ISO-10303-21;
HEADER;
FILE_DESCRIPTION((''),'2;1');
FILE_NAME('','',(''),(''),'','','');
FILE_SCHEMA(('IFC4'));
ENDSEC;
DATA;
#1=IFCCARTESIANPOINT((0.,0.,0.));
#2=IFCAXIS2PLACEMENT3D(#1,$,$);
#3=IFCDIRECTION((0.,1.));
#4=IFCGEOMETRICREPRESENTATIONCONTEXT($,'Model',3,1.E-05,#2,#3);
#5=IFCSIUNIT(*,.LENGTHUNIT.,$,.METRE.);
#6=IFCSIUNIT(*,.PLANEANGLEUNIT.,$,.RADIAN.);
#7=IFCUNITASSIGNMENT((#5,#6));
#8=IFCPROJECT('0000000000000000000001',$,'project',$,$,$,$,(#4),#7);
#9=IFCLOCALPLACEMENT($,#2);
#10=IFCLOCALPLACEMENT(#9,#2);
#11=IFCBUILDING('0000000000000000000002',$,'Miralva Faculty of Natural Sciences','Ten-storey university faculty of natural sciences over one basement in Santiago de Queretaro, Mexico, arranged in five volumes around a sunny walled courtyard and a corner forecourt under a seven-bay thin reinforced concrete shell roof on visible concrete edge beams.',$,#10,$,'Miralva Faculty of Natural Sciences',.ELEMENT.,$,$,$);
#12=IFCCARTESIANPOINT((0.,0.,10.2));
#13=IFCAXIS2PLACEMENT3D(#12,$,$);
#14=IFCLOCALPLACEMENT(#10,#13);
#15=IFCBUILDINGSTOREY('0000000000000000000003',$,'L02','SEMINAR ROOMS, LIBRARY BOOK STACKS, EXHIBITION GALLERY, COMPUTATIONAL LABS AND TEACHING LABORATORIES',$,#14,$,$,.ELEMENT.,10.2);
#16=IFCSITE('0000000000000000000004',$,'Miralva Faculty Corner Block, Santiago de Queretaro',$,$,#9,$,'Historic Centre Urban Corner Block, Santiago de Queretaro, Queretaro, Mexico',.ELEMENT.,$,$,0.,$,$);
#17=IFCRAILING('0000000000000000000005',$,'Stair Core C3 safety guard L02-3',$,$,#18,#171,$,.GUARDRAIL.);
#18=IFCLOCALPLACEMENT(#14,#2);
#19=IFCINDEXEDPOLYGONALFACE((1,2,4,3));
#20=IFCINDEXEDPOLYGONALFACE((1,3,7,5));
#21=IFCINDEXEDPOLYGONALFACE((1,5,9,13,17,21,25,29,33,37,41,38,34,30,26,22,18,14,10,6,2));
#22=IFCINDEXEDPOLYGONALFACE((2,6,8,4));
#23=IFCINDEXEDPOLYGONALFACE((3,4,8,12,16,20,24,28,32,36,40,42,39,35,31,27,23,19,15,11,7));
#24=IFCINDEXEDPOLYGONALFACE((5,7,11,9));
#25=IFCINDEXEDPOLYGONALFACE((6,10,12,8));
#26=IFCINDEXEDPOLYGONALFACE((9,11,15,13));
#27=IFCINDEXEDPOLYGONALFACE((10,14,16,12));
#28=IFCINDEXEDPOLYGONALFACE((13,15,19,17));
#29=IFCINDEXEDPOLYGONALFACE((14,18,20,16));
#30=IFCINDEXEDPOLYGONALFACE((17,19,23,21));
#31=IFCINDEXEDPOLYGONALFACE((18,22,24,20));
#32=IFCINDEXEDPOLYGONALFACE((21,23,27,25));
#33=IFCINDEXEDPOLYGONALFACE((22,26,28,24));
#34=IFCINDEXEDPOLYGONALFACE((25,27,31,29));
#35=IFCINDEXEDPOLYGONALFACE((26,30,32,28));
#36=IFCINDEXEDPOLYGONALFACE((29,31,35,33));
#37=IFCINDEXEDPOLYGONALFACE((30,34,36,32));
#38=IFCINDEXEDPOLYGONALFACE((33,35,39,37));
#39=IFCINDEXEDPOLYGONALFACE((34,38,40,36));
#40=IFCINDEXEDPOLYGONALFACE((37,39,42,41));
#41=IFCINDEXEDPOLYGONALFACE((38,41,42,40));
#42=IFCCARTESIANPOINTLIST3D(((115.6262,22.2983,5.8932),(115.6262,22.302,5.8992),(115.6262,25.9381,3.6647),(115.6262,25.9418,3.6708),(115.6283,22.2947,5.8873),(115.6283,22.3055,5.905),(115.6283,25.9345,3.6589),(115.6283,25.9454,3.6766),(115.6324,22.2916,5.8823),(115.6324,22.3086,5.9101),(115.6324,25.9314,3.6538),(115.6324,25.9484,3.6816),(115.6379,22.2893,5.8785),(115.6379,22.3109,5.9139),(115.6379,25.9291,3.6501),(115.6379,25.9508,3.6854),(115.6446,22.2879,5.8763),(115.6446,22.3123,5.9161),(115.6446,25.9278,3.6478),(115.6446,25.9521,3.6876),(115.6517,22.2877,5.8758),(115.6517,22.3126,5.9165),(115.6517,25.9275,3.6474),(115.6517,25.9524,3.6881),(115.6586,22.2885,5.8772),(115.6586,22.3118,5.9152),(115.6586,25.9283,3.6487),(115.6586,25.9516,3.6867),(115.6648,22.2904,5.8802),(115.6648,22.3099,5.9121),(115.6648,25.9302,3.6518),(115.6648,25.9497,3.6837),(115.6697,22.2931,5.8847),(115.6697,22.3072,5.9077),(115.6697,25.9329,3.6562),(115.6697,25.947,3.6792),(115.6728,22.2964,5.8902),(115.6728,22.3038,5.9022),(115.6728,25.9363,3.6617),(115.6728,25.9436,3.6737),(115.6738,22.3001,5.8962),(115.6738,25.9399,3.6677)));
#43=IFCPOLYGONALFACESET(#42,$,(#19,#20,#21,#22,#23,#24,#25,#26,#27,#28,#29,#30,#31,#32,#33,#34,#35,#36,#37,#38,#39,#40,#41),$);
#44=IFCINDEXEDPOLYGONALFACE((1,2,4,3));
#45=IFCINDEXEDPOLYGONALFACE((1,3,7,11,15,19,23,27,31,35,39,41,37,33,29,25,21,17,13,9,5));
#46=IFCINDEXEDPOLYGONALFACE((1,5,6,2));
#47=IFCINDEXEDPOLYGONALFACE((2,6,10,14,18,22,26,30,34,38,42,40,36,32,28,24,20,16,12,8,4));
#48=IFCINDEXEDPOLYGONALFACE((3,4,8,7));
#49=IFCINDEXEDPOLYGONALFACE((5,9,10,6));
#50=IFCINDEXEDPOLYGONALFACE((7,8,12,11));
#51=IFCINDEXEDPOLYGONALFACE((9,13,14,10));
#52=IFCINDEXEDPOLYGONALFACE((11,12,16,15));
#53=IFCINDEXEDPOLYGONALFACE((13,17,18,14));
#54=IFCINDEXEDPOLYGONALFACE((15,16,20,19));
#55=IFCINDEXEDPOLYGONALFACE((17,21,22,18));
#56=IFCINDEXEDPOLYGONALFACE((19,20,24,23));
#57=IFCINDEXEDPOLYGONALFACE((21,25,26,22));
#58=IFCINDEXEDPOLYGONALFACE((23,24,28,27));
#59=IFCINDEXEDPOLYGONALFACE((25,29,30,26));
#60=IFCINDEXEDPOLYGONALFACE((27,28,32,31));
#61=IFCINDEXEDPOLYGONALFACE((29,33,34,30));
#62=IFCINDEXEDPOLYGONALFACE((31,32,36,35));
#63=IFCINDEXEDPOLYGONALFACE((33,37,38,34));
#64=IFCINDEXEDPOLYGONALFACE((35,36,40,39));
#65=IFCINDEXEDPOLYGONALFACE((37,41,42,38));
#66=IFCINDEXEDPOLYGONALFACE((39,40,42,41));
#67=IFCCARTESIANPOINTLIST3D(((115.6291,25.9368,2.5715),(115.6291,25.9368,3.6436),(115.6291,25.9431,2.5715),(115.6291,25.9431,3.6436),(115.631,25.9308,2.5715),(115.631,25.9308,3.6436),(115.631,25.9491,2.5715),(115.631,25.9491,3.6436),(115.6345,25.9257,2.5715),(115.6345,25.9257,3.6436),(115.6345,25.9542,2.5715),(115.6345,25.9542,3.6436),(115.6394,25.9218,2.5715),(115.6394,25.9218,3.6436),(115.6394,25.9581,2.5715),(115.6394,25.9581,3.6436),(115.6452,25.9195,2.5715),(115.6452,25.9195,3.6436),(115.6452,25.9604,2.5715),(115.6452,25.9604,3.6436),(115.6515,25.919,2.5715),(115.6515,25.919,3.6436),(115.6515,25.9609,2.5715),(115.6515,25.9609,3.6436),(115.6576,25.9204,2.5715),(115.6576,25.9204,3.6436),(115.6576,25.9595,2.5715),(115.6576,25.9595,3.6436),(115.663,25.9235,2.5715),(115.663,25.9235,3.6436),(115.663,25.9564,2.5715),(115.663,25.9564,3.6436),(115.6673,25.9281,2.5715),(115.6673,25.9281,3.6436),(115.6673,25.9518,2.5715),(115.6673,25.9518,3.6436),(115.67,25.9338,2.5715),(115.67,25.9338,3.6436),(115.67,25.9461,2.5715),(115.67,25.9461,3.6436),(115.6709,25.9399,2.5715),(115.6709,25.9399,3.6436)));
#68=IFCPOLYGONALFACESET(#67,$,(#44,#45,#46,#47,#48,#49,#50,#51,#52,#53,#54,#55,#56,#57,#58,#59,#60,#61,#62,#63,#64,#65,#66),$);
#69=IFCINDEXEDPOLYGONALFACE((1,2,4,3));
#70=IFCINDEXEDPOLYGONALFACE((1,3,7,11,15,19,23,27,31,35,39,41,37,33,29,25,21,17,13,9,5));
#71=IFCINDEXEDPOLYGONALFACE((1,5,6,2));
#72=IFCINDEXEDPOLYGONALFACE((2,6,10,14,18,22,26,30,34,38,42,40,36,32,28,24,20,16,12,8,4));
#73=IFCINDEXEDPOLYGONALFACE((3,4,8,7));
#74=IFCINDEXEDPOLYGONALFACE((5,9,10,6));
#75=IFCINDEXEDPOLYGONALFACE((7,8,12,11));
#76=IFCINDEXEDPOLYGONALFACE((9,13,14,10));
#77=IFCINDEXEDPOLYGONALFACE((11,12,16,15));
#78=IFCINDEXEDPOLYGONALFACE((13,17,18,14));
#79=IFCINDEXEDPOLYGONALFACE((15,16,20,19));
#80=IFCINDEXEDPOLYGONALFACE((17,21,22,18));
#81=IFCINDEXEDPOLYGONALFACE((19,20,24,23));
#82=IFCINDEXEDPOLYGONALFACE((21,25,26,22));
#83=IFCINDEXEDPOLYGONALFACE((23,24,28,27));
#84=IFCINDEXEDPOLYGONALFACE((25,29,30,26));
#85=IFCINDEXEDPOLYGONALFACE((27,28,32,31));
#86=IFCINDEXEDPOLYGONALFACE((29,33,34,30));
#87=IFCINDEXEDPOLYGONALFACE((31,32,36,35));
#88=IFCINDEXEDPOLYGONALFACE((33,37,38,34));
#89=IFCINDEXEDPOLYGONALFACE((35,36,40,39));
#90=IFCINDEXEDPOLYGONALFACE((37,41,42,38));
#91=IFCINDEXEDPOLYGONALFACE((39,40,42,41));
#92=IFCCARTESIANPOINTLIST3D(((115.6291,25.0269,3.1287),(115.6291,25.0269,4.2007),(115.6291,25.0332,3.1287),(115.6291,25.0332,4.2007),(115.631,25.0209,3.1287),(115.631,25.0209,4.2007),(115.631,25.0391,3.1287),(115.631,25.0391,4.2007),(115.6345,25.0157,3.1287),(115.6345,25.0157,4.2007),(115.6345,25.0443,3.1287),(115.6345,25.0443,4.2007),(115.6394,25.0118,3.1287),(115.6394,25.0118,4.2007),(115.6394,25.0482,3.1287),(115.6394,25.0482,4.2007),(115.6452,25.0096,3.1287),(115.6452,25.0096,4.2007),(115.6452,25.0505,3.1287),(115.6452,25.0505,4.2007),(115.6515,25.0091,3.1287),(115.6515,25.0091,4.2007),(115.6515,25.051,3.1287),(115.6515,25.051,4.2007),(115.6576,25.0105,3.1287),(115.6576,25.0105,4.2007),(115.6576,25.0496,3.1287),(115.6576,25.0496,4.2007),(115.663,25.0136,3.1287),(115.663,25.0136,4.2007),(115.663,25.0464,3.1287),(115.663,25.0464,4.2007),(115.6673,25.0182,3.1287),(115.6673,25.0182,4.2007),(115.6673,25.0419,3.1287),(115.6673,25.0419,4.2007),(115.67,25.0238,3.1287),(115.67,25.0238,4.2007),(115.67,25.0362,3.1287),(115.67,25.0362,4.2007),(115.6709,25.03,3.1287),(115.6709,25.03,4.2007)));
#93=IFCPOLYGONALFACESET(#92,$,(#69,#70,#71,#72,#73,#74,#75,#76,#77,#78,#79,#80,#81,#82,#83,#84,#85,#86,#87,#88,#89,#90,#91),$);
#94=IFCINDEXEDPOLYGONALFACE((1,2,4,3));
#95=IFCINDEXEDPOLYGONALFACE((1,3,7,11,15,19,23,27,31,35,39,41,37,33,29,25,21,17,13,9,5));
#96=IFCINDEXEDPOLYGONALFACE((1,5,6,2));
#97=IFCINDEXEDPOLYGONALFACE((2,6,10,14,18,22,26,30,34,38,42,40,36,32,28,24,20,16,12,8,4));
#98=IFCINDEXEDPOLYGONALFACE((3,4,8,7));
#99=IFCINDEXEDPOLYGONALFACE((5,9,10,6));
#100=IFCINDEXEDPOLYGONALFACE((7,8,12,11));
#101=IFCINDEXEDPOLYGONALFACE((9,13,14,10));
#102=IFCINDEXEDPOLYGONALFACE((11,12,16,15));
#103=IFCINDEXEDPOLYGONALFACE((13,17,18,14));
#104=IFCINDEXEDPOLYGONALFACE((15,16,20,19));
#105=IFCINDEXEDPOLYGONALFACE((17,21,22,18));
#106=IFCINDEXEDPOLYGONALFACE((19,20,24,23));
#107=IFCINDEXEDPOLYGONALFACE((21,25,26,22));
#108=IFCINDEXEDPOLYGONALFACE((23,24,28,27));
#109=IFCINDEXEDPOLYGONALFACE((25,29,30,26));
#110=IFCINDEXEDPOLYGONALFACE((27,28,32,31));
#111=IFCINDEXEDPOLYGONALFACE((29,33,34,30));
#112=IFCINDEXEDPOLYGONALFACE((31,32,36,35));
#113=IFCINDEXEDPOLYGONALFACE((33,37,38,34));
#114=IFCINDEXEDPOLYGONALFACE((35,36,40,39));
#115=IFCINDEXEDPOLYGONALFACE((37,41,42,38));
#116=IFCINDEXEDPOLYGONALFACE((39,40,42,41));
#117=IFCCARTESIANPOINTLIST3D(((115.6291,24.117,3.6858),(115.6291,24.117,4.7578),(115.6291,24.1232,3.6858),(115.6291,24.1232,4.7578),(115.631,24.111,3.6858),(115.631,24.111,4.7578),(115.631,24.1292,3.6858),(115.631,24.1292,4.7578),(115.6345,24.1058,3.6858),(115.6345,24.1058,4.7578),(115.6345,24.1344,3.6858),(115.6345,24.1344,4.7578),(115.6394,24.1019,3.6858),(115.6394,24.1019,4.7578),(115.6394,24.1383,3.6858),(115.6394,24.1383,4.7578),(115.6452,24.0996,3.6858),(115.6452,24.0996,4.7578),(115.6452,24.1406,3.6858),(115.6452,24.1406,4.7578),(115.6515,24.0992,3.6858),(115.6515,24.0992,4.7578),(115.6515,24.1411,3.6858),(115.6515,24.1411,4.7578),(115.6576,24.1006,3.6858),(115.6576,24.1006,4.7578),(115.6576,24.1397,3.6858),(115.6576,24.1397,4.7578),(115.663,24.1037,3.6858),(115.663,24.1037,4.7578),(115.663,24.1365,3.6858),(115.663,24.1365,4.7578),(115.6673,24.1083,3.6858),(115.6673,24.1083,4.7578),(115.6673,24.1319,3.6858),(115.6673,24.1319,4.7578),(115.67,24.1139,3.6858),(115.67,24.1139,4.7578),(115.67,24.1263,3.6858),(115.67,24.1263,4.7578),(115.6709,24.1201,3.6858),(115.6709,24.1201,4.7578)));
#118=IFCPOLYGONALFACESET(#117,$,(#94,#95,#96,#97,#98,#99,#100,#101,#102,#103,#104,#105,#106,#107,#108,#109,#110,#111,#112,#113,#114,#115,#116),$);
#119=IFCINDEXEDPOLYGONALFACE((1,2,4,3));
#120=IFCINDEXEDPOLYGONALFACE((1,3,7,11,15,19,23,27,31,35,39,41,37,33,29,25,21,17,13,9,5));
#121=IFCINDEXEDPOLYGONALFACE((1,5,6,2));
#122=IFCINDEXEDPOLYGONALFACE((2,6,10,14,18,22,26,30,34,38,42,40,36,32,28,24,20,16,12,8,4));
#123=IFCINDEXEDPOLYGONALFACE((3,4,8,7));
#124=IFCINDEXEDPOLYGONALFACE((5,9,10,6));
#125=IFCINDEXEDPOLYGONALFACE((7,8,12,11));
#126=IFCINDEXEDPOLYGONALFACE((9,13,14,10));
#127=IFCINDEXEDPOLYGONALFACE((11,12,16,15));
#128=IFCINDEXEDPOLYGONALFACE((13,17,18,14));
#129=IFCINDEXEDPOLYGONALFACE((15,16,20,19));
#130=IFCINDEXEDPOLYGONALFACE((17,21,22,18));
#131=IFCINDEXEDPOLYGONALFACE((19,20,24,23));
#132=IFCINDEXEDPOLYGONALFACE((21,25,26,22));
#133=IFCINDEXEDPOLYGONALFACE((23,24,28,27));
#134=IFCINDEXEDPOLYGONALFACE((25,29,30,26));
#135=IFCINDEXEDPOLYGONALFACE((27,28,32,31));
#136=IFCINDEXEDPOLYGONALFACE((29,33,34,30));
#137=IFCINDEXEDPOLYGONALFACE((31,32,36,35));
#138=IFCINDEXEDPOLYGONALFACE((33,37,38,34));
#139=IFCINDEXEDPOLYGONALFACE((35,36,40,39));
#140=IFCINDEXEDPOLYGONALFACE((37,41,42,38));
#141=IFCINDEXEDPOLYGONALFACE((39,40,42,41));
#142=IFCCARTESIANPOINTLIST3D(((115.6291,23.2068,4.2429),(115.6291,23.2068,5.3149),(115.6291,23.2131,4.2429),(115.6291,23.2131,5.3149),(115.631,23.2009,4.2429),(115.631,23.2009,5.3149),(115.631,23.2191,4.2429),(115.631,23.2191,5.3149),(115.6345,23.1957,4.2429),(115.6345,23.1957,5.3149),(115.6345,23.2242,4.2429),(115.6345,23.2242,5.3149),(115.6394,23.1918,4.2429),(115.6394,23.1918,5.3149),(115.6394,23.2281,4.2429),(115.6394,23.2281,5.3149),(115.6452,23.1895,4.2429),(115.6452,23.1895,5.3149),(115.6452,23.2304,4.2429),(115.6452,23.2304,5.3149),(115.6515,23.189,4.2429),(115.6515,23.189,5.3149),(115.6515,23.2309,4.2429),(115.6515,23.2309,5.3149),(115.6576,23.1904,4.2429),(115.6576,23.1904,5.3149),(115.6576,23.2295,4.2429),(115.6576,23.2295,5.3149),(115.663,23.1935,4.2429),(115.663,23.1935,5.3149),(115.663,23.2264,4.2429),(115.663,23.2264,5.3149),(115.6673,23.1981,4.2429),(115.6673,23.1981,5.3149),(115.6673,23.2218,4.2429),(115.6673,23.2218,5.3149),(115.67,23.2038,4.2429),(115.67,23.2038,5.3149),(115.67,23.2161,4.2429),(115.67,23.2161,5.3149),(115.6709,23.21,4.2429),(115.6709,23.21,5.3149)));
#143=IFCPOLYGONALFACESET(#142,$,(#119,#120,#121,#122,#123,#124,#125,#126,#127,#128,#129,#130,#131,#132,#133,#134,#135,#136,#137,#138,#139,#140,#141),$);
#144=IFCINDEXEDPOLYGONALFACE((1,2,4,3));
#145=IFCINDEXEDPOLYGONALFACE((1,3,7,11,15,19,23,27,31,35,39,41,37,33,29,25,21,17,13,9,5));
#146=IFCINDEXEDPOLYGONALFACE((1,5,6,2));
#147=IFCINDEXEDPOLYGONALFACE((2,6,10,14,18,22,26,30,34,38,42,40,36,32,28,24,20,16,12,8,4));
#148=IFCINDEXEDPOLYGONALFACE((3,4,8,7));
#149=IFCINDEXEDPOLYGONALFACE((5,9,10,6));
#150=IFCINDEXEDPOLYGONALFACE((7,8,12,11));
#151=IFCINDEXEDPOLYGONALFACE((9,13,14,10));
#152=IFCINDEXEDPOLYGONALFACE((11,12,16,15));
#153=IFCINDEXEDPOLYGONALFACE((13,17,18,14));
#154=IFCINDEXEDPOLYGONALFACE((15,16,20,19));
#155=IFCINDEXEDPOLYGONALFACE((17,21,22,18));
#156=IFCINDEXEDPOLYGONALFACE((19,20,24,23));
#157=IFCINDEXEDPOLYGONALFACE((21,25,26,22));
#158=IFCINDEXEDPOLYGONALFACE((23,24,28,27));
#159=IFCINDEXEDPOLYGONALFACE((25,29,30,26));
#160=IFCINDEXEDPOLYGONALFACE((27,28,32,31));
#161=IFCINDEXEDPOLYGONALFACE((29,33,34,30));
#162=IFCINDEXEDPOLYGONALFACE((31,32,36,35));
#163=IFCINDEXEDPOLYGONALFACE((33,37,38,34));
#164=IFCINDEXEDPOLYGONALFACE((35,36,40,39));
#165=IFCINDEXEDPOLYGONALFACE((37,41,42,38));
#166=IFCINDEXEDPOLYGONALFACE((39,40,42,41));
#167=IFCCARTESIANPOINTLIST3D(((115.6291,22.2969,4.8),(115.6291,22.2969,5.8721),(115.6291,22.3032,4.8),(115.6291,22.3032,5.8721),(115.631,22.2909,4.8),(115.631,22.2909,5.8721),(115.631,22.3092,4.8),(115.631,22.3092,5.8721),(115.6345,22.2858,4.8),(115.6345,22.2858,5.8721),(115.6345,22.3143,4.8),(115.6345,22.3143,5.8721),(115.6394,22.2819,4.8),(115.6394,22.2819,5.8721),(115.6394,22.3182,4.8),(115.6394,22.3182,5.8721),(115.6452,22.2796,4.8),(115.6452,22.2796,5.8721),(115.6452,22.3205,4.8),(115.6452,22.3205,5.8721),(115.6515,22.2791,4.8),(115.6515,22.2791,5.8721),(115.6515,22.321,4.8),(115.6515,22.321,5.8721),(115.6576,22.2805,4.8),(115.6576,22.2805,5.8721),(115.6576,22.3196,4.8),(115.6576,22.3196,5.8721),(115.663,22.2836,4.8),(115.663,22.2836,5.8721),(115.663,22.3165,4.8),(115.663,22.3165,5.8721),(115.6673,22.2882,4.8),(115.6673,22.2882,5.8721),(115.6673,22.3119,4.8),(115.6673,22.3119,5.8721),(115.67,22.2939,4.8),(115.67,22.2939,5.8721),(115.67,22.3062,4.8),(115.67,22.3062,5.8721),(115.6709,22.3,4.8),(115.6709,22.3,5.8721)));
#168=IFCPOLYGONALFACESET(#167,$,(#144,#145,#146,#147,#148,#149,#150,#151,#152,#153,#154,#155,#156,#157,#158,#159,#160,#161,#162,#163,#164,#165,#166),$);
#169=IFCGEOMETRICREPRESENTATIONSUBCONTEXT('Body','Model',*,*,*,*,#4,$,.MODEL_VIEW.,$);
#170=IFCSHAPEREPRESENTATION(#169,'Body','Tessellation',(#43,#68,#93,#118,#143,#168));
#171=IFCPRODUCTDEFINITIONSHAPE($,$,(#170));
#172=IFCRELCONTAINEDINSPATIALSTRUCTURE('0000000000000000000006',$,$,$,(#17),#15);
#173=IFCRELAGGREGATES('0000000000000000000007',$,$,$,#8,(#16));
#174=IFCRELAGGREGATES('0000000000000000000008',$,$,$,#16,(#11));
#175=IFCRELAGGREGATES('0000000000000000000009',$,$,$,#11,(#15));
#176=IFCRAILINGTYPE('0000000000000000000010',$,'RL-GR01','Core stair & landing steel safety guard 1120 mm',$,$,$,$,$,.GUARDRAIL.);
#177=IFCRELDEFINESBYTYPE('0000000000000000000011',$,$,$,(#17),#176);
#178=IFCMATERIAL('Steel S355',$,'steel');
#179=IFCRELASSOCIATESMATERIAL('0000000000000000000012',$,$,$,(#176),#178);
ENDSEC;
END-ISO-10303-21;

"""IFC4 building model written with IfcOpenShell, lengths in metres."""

from ifc_helpers import new_model, si_unit, direction, frame, origin, origin_2d, place, context, subcontext, project, spatial, circle, extrude, material, type_object, element, save


model = new_model("IFC4")

# Units and contexts
model_context = context("Model", 3, precision=1e-05, world=origin(), true_north=direction((0.0, 1.0)))
body_context = subcontext(model_context, "Body", "Model", "MODEL_VIEW")
ifc_project = project(units=[si_unit("LENGTHUNIT", "METRE"), si_unit("PLANEANGLEUNIT", "RADIAN")], contexts=[model_context])

# Site, building, storey
site_placement = place(None, origin())
site = spatial("IfcSite", under=ifc_project, at=site_placement, Name="Miralva Faculty Corner Block, Santiago de Queretaro", LongName="Historic Centre Urban Corner Block, Santiago de Queretaro, Queretaro, Mexico", CompositionType="ELEMENT", RefElevation=0.0)
building_placement = place(site_placement, origin())
building = spatial("IfcBuilding", under=site, at=building_placement, Name="Miralva Faculty of Natural Sciences", Description="Ten-storey university faculty of natural sciences over one basement in Santiago de Queretaro, Mexico, arranged in five volumes around a sunny walled courtyard and a corner forecourt under a seven-bay thin reinforced concrete shell roof on visible concrete edge beams.", LongName="Miralva Faculty of Natural Sciences", CompositionType="ELEMENT")
storey_placement = place(building_placement, frame((0.0, 0.0, 10.2)))
storey = spatial("IfcBuildingStorey", under=building, at=storey_placement, Name="L02", Description="SEMINAR ROOMS, LIBRARY BOOK STACKS, EXHIBITION GALLERY, COMPUTATIONAL LABS AND TEACHING LABORATORIES", CompositionType="ELEMENT", Elevation=10.2)

# Railing
ifc_material_1 = material(Name="Steel S355", Category="steel")
railing_type_1 = type_object("IfcRailingType", Name="RL-GR01", Description="Core stair & landing steel safety guard 1120 mm", PredefinedType="GUARDRAIL", material=ifc_material_1)
railing_1_placement = place(storey_placement, frame((115.6499, 25.9399, 2.5715)))
element("IfcRailing", 1, at=railing_1_placement, inside=storey, type_object=railing_type_1, Name="Stair Core C3 safety guard L02-3", PredefinedType="GUARDRAIL", context=body_context, shape_type="SweptSolid", body=[
    extrude(circle(Radius=0.0239, at=origin_2d()), frame((0.0, 0.0, 1.0962), z_axis=(0.0, -0.85285, 0.522156), x_axis=(1.0, 0.0, 0.0)), (0.0, 0.0, 1.0), 4.2678),
    extrude(circle(Radius=0.021, at=origin_2d()), origin(), (0.0, 0.0, 1.0), 1.072),
    extrude(circle(Radius=0.021, at=origin_2d()), frame((0.0, -0.9099, 0.5571)), (0.0, 0.0, 1.0), 1.072),
    extrude(circle(Radius=0.021, at=origin_2d()), frame((0.0, -1.8198, 1.1143)), (0.0, 0.0, 1.0), 1.072),
    extrude(circle(Radius=0.021, at=origin_2d()), frame((0.0, -2.73, 1.6714)), (0.0, 0.0, 1.0), 1.072),
    extrude(circle(Radius=0.021, at=origin_2d()), frame((0.0, -3.6399, 2.2285)), (0.0, 0.0, 1.0), 1.072),
])

save(model, "model.ifc")
